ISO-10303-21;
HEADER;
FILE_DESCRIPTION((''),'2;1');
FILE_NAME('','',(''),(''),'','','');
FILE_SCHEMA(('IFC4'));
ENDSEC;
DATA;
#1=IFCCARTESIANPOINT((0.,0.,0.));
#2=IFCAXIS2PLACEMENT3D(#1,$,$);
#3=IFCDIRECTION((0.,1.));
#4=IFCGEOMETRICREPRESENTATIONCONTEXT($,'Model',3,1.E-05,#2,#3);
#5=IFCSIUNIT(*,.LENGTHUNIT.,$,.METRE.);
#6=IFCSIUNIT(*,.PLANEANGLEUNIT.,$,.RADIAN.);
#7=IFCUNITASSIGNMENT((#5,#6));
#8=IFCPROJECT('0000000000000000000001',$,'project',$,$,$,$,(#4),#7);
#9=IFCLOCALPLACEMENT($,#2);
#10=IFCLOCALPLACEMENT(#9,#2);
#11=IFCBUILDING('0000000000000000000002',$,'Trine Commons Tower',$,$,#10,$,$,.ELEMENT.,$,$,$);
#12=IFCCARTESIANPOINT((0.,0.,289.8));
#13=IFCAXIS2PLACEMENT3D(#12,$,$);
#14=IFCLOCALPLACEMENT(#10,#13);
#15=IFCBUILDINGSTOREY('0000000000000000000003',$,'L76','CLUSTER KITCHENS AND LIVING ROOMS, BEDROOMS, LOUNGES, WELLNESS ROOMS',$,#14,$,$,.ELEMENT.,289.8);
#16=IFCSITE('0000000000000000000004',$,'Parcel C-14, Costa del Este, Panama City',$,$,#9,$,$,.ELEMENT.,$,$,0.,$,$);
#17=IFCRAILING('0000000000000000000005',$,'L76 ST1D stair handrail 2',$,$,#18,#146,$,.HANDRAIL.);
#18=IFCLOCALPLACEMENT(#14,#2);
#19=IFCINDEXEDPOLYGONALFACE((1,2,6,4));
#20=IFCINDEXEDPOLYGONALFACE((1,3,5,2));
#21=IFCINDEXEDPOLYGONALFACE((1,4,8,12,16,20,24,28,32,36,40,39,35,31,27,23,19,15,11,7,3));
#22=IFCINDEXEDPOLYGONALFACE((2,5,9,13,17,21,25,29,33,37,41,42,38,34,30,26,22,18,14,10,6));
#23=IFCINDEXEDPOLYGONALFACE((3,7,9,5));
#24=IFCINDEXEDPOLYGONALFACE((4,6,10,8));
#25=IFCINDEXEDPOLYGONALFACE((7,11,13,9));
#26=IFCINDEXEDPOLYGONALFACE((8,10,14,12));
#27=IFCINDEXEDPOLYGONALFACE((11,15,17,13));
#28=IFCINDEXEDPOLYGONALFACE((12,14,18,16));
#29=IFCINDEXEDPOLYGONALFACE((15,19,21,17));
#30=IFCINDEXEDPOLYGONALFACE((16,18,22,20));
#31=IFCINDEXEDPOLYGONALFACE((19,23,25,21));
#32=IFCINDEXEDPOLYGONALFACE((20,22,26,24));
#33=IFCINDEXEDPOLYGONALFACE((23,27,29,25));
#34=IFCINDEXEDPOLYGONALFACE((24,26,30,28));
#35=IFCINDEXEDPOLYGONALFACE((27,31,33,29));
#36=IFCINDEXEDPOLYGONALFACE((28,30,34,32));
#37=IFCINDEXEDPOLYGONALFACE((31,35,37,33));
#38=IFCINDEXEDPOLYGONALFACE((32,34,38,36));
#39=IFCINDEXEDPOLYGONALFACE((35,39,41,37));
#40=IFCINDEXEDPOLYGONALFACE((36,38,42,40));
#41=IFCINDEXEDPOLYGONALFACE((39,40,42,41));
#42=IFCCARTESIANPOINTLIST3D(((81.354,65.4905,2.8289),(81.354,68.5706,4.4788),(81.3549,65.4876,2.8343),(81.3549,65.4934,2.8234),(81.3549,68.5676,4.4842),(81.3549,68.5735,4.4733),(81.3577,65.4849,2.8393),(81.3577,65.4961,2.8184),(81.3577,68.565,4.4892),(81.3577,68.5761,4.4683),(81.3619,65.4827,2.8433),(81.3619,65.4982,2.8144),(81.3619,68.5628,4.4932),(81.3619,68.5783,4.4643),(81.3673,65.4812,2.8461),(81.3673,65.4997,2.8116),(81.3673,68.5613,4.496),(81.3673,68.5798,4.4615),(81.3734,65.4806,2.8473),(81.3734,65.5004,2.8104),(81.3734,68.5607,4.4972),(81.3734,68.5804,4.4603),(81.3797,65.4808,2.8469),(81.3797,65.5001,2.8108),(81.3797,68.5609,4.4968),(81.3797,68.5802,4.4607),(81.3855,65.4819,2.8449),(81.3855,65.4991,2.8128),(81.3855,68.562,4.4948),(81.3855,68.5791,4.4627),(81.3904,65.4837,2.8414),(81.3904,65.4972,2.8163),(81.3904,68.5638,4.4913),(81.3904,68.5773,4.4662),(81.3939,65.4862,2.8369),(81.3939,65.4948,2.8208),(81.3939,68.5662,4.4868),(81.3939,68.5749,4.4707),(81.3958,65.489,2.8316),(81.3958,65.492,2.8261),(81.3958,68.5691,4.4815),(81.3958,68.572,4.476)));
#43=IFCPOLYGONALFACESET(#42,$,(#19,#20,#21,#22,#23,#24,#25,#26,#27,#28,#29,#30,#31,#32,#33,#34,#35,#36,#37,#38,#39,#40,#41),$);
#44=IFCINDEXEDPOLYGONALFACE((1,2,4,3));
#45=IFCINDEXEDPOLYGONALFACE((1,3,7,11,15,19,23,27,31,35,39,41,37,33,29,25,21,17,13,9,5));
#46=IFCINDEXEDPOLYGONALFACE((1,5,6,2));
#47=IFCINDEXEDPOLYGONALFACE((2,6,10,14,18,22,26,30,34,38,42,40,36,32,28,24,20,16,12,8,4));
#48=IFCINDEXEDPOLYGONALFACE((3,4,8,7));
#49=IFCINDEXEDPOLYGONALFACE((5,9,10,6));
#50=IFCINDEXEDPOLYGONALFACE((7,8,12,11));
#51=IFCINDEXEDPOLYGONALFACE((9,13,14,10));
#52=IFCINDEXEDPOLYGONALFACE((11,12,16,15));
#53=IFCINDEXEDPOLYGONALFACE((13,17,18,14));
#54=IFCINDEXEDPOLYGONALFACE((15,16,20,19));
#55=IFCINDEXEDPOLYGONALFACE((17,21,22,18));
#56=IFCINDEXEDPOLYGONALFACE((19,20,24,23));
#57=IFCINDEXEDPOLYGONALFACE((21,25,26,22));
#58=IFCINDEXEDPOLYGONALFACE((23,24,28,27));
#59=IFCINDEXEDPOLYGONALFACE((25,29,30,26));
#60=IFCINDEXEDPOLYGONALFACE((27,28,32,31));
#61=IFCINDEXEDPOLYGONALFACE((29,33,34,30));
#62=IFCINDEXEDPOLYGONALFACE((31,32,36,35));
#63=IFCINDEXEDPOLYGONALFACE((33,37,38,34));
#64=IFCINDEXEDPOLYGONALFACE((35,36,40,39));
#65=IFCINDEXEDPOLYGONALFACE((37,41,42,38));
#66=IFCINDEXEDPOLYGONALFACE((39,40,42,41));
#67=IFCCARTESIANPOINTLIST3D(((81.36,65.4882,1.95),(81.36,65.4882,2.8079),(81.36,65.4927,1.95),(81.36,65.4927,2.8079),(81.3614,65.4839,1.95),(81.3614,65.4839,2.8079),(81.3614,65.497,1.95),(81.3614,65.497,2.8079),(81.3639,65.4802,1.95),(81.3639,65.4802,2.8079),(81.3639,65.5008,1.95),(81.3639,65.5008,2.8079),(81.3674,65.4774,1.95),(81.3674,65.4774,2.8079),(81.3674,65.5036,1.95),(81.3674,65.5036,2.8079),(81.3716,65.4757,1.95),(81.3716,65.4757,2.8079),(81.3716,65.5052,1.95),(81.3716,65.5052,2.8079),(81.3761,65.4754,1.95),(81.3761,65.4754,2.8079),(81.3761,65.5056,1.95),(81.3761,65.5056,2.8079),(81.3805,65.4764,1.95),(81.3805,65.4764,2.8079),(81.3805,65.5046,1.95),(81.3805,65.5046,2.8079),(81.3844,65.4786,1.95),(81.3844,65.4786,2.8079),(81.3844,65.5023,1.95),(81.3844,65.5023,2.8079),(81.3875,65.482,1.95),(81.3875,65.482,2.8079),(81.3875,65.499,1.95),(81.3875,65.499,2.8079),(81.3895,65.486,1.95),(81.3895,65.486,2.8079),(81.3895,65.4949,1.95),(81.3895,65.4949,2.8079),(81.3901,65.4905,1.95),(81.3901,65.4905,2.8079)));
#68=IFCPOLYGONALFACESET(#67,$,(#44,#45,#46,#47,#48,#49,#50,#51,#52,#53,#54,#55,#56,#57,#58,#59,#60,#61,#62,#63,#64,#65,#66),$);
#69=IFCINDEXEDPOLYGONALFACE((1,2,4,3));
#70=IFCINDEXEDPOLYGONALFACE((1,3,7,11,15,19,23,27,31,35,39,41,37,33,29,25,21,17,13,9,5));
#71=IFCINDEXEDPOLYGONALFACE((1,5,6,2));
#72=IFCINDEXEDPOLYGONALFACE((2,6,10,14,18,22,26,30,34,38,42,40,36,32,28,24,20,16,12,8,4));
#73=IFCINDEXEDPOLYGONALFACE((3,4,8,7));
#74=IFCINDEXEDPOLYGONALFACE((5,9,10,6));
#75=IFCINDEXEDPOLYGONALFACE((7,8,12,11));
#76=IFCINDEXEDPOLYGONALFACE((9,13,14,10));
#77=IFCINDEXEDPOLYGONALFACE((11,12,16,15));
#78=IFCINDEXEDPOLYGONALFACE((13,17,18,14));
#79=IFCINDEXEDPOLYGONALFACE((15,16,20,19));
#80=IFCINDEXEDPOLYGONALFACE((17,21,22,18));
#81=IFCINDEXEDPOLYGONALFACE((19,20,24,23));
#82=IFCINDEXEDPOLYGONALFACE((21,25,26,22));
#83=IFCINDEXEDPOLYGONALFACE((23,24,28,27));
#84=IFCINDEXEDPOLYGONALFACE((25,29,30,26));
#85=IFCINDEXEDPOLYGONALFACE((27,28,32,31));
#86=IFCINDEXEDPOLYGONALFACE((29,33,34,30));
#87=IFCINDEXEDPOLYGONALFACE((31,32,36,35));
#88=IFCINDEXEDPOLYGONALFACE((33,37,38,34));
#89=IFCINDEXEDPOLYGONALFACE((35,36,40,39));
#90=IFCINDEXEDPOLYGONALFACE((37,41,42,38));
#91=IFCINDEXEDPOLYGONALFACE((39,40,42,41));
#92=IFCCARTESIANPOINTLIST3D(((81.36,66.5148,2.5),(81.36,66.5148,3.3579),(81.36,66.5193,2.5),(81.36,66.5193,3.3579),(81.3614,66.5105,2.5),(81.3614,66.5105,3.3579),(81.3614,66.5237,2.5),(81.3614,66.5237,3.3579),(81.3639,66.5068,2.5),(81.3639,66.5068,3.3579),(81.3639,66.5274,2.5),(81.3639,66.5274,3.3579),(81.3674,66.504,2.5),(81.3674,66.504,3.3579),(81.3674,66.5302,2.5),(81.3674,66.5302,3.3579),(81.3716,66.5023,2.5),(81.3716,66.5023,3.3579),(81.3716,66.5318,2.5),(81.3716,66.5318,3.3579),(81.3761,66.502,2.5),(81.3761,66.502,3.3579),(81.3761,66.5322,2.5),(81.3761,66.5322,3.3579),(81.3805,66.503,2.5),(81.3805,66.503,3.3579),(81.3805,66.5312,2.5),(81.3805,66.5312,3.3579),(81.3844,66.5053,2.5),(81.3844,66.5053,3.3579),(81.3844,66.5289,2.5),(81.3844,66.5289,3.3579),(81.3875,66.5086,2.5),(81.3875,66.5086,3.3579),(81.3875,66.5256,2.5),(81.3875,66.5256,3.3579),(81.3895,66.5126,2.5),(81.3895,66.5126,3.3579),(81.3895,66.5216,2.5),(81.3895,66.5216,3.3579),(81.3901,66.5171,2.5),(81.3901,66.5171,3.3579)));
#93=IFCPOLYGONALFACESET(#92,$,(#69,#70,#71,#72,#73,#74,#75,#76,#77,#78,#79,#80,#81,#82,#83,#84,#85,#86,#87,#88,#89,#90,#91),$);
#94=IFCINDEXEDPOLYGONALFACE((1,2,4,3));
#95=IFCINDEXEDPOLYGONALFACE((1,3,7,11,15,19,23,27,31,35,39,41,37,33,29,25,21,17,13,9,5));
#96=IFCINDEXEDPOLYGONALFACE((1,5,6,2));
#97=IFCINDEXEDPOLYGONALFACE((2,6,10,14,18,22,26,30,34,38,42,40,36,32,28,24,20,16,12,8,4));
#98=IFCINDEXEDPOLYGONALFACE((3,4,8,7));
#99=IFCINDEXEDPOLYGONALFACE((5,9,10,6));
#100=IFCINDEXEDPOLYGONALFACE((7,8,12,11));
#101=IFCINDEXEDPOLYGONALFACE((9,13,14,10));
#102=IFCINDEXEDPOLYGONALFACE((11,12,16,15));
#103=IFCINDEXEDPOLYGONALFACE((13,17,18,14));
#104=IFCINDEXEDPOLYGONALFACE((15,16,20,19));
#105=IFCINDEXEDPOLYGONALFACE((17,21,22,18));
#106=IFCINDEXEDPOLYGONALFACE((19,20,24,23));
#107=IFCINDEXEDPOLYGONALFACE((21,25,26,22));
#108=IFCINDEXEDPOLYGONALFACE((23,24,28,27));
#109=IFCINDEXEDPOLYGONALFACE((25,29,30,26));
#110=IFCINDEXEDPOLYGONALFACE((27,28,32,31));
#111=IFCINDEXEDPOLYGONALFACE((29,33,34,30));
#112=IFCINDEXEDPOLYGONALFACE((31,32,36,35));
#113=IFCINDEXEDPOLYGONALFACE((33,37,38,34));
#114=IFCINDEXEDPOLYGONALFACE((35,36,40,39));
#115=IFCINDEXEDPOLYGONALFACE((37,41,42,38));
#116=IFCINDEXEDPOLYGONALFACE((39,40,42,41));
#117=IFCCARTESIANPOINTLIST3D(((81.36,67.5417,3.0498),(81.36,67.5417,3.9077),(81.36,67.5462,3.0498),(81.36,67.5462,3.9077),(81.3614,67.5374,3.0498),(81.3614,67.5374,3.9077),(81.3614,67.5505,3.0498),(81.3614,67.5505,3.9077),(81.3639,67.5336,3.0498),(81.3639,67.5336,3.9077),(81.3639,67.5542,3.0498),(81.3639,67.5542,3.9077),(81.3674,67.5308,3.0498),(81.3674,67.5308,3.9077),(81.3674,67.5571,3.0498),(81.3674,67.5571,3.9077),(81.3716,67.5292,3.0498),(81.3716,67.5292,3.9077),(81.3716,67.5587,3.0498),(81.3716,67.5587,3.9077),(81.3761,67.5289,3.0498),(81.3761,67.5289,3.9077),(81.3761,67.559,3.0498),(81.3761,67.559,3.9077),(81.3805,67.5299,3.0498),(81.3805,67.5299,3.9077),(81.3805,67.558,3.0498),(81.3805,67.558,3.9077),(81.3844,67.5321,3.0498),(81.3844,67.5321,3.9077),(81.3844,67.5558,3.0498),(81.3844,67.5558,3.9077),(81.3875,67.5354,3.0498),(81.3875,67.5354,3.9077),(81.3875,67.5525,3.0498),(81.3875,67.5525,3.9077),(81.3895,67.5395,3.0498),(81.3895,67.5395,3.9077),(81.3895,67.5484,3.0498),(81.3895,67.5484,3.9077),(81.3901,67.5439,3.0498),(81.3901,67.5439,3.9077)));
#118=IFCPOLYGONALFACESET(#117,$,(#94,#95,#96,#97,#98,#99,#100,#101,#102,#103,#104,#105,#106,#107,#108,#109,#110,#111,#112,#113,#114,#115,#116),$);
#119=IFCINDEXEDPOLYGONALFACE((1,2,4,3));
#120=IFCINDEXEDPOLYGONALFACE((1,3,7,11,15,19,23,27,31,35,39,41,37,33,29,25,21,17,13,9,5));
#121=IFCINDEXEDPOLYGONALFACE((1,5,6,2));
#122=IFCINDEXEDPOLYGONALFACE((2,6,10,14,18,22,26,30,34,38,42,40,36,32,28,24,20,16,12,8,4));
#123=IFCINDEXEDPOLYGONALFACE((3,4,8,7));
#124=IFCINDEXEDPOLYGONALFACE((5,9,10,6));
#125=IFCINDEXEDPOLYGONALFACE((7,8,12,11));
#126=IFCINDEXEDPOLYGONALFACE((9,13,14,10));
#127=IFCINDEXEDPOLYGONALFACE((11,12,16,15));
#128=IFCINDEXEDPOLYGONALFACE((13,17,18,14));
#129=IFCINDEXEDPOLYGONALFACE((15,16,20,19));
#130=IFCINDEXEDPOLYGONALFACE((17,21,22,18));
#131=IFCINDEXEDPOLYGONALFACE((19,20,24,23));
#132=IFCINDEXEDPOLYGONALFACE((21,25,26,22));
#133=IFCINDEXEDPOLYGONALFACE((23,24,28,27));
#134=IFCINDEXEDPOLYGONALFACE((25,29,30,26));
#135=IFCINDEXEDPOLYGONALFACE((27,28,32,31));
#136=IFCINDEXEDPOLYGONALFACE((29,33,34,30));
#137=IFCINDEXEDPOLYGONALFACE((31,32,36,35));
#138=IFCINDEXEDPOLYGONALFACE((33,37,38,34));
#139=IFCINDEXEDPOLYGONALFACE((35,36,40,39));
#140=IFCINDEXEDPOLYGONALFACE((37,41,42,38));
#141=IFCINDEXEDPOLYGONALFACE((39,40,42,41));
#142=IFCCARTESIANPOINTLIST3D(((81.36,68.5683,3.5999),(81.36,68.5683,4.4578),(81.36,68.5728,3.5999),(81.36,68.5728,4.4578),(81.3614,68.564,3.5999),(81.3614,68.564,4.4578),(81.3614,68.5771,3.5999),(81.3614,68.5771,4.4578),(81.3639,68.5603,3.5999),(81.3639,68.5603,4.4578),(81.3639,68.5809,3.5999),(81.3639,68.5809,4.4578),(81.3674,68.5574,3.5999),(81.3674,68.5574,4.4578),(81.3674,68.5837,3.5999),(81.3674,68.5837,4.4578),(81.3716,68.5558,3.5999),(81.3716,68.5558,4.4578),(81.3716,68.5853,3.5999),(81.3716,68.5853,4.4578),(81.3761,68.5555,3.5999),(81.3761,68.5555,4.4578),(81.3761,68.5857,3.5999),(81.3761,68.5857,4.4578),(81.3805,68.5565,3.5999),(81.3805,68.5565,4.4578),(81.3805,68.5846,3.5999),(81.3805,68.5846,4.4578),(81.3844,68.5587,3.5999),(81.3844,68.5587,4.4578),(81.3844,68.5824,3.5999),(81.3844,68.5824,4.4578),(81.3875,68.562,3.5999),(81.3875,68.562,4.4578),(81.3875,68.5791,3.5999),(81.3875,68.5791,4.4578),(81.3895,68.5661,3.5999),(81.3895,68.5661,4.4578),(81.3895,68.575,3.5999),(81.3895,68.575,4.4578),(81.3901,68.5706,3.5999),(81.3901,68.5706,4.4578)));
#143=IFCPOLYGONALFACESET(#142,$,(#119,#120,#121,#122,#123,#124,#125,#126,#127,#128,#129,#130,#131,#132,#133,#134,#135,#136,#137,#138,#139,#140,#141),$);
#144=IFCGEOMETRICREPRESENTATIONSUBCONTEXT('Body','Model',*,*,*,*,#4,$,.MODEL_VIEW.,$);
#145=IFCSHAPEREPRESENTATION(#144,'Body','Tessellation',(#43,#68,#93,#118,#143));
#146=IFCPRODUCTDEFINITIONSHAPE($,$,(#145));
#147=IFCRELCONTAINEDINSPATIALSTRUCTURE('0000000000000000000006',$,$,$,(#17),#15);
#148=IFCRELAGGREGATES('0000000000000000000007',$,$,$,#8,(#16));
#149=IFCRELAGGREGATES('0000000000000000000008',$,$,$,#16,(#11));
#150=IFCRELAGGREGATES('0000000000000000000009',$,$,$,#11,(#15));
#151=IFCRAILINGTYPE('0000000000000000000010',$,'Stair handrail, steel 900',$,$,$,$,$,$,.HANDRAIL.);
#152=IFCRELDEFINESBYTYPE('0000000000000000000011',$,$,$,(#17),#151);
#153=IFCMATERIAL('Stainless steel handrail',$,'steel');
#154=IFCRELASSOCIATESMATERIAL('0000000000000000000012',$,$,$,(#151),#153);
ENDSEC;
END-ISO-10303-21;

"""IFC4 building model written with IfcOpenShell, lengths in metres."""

from ifc_helpers import new_model, si_unit, direction, frame, origin, origin_2d, place, context, subcontext, project, spatial, circle, extrude, material, type_object, element, save


model = new_model("IFC4")

# Units and contexts
model_context = context("Model", 3, precision=1e-05, world=origin(), true_north=direction((0.0, 1.0)))
body_context = subcontext(model_context, "Body", "Model", "MODEL_VIEW")
ifc_project = project(units=[si_unit("LENGTHUNIT", "METRE"), si_unit("PLANEANGLEUNIT", "RADIAN")], contexts=[model_context])

# Site, building, storey
site_placement = place(None, origin())
site = spatial("IfcSite", under=ifc_project, at=site_placement, Name="Parcel C-14, Costa del Este, Panama City", CompositionType="ELEMENT", RefElevation=0.0)
building_placement = place(site_placement, origin())
building = spatial("IfcBuilding", under=site, at=building_placement, Name="Trine Commons Tower", CompositionType="ELEMENT")
storey_placement = place(building_placement, frame((0.0, 0.0, 289.8)))
storey = spatial("IfcBuildingStorey", under=building, at=storey_placement, Name="L76", Description="CLUSTER KITCHENS AND LIVING ROOMS, BEDROOMS, LOUNGES, WELLNESS ROOMS", CompositionType="ELEMENT", Elevation=289.8)

# Railing
ifc_material_1 = material(Name="Stainless steel handrail", Category="steel")
railing_type_1 = type_object("IfcRailingType", Name="Stair handrail, steel 900", PredefinedType="HANDRAIL", material=ifc_material_1)
railing_1_placement = place(storey_placement, frame((81.375, 65.4905, 1.95)))
element("IfcRailing", 1, at=railing_1_placement, inside=storey, type_object=railing_type_1, Name="L76 ST1D stair handrail 2", PredefinedType="HANDRAIL", context=body_context, shape_type="SweptSolid", body=[
    extrude(circle(Radius=0.021, at=origin_2d()), frame((0.0, 0.0, 0.8789), z_axis=(0.0, 0.881497, 0.47219), x_axis=(-1.0, 0.0, 0.0)), (0.0, 0.0, 1.0), 3.4941),
    extrude(circle(Radius=0.0151, at=origin_2d()), origin(), (0.0, 0.0, 1.0), 0.8579),
    extrude(circle(Radius=0.0151, at=origin_2d()), frame((0.0, 1.0266, 0.55)), (0.0, 0.0, 1.0), 0.8579),
    extrude(circle(Radius=0.0151, at=origin_2d()), frame((0.0, 2.0535, 1.0999)), (0.0, 0.0, 1.0), 0.8579),
    extrude(circle(Radius=0.0151, at=origin_2d()), frame((0.0, 3.0801, 1.6499)), (0.0, 0.0, 1.0), 0.8579),
])

save(model, "model.ifc")
